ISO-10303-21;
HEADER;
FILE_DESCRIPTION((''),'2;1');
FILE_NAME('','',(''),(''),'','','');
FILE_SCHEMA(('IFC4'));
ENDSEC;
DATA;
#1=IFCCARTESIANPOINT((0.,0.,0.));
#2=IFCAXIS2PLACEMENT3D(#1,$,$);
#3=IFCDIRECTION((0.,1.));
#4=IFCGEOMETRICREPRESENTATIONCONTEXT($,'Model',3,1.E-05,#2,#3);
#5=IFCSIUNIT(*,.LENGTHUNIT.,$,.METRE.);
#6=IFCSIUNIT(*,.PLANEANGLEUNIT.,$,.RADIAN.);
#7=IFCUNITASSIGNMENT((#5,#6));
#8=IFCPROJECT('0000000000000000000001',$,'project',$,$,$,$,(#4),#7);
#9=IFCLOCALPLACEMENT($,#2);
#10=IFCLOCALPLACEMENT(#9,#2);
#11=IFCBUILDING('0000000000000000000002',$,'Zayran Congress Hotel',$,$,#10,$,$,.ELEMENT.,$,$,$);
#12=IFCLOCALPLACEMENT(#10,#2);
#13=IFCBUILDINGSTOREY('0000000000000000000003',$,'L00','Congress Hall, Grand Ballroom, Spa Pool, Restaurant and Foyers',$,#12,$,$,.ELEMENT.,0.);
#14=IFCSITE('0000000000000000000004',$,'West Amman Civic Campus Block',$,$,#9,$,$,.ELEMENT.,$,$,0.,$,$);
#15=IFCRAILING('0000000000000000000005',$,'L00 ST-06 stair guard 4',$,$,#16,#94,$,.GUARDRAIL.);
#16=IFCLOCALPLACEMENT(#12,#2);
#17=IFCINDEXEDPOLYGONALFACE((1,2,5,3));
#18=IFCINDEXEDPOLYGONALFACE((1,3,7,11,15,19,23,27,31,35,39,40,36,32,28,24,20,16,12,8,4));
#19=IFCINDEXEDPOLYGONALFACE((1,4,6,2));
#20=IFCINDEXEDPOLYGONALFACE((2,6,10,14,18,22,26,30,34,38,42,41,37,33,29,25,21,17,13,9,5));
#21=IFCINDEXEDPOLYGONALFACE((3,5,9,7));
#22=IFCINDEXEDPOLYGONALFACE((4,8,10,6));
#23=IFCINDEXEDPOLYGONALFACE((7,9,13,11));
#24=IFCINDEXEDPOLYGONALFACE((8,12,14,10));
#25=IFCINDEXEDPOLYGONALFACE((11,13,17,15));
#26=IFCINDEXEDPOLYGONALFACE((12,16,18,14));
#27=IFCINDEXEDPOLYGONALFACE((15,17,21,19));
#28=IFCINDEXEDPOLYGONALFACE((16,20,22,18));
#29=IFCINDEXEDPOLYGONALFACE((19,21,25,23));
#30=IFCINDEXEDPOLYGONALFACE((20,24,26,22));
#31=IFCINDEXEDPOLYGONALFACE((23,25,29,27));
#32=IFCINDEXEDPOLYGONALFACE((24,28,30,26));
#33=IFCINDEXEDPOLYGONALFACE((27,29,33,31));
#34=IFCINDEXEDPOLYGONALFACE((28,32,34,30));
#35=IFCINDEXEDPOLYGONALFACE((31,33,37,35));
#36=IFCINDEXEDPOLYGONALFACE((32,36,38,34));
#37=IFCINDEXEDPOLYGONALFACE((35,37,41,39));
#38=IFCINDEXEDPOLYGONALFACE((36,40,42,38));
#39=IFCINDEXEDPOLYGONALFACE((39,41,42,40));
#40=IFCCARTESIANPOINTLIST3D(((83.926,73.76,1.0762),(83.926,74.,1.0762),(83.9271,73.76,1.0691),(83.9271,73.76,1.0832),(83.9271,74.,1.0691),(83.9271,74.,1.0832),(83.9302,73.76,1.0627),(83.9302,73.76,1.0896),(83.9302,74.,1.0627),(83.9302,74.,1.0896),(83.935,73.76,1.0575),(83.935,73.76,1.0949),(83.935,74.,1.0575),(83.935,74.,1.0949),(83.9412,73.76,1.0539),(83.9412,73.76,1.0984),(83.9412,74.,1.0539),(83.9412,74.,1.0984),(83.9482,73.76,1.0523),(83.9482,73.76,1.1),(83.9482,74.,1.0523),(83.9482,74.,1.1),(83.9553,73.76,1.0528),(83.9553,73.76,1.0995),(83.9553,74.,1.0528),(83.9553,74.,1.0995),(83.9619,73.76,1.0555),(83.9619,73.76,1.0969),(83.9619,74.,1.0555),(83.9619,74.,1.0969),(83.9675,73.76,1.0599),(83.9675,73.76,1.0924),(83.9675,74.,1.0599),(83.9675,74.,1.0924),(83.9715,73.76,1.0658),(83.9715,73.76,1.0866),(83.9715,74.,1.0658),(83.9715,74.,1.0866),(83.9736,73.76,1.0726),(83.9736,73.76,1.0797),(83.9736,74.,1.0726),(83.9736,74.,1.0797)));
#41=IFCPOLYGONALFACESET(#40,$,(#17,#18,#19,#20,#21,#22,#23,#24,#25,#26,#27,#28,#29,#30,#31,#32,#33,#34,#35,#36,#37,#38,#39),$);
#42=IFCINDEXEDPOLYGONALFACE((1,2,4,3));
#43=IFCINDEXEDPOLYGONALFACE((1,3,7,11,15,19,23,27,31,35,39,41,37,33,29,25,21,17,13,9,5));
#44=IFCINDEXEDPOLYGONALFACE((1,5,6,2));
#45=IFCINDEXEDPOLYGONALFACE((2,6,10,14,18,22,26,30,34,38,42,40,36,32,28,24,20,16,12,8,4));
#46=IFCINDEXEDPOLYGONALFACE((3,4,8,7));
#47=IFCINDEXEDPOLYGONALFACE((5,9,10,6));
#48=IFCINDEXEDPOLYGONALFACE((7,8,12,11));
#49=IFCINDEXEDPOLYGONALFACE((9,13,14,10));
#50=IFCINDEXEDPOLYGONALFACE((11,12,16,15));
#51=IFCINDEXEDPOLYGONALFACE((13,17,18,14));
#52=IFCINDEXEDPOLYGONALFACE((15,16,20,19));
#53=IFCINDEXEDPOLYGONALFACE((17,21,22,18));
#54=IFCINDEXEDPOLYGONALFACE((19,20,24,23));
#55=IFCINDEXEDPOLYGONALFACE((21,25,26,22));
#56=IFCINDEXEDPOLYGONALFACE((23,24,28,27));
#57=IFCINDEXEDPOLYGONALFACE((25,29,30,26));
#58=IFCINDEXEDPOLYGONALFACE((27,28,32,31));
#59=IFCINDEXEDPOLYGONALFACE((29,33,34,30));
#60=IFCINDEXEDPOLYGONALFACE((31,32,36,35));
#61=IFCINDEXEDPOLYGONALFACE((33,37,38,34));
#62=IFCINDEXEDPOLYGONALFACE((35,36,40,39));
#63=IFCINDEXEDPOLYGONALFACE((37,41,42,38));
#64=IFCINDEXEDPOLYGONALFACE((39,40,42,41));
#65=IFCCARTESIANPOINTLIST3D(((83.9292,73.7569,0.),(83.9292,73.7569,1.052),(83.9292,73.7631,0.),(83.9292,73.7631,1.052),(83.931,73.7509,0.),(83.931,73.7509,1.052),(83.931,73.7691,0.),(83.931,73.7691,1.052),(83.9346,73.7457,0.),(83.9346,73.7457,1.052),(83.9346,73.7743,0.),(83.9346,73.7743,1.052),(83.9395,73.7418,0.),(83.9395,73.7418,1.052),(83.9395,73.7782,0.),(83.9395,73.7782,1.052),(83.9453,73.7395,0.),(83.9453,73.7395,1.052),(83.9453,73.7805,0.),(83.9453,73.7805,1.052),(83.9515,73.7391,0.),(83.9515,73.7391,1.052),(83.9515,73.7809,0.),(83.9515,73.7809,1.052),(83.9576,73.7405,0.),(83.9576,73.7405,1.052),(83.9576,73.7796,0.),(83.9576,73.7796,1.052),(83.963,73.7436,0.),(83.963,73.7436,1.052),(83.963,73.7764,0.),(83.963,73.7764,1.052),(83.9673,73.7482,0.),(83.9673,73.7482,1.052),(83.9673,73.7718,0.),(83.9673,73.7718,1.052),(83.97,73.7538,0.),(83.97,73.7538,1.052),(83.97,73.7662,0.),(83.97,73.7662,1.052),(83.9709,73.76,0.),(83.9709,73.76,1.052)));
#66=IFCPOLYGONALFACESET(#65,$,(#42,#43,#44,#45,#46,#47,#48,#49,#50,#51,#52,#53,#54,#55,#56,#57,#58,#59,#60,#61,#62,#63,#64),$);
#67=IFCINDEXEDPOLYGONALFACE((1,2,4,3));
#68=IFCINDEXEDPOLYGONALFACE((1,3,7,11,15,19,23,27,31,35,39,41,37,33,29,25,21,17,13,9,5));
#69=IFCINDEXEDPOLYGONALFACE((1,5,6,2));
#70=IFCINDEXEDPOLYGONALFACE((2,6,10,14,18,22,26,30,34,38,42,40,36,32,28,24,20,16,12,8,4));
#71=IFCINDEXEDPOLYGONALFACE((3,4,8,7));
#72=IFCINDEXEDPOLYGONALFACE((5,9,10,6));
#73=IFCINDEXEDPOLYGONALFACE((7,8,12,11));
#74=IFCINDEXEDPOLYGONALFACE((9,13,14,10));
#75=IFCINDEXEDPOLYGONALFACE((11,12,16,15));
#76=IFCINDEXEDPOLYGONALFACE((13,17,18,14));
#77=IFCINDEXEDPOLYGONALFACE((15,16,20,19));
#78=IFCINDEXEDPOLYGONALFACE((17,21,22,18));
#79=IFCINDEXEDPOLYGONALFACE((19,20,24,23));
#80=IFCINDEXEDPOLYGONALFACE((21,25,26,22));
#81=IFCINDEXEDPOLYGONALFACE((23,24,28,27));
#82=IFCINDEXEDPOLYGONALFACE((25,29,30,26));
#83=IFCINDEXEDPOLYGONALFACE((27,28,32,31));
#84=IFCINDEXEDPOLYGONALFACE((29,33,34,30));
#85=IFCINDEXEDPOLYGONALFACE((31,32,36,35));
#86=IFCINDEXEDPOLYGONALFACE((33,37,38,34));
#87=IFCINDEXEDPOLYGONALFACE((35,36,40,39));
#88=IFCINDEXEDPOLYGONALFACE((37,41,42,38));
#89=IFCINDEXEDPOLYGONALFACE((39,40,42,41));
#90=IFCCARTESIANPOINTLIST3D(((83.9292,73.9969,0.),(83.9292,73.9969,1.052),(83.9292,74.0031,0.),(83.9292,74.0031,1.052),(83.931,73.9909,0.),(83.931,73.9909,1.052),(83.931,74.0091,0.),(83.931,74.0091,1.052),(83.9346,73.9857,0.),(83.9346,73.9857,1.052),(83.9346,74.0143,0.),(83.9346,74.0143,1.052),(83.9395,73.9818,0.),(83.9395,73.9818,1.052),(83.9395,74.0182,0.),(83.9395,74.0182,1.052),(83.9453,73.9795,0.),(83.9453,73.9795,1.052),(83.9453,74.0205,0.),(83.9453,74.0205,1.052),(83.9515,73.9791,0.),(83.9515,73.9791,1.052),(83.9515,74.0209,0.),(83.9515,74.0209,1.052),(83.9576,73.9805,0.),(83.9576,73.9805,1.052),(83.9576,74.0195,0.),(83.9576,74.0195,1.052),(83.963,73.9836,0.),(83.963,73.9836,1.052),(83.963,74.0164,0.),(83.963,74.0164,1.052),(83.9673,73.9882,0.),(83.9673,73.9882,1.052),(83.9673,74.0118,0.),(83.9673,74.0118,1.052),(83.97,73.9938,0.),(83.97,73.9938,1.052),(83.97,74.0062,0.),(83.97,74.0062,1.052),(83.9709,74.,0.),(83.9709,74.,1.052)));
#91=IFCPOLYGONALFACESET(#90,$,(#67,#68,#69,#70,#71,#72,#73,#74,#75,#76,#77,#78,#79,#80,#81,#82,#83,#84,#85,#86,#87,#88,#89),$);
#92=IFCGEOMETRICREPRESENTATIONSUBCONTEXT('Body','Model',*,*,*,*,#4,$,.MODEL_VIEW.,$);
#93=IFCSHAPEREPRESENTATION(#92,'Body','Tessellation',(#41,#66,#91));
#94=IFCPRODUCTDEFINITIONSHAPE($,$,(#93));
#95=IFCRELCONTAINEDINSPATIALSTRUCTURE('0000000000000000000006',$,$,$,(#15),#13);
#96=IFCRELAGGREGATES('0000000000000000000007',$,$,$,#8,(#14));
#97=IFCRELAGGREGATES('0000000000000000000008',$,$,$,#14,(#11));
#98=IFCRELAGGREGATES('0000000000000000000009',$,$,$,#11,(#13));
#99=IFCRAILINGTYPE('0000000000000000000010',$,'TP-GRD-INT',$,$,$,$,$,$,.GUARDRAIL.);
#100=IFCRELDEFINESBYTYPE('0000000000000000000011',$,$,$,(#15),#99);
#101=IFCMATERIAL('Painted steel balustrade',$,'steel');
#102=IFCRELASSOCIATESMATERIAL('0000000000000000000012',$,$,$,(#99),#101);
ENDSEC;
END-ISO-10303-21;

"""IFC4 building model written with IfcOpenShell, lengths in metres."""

from ifc_helpers import new_model, si_unit, direction, frame, origin, origin_2d, place, context, subcontext, project, spatial, circle, extrude, material, type_object, element, save


model = new_model("IFC4")

# Units and contexts
model_context = context("Model", 3, precision=1e-05, world=origin(), true_north=direction((0.0, 1.0)))
body_context = subcontext(model_context, "Body", "Model", "MODEL_VIEW")
ifc_project = project(units=[si_unit("LENGTHUNIT", "METRE"), si_unit("PLANEANGLEUNIT", "RADIAN")], contexts=[model_context])

# Site, building, storey
site_placement = place(None, origin())
site = spatial("IfcSite", under=ifc_project, at=site_placement, Name="West Amman Civic Campus Block", CompositionType="ELEMENT", RefElevation=0.0)
building_placement = place(site_placement, origin())
building = spatial("IfcBuilding", under=site, at=building_placement, Name="Zayran Congress Hotel", CompositionType="ELEMENT")
storey_placement = place(building_placement, origin())
storey = spatial("IfcBuildingStorey", under=building, at=storey_placement, Name="L00", Description="Congress Hall, Grand Ballroom, Spa Pool, Restaurant and Foyers", CompositionType="ELEMENT", Elevation=0.0)

# Railing
ifc_material_1 = material(Name="Painted steel balustrade", Category="steel")
railing_type_1 = type_object("IfcRailingType", Name="TP-GRD-INT", PredefinedType="GUARDRAIL", material=ifc_material_1)
railing_1_placement = place(storey_placement, frame((83.95, 73.76, 0.0)))
element("IfcRailing", 1, at=railing_1_placement, inside=storey, type_object=railing_type_1, Name="L00 ST-06 stair guard 4", PredefinedType="GUARDRAIL", context=body_context, shape_type="SweptSolid", body=[
    extrude(circle(Radius=0.0239, at=origin_2d()), frame((0.0, 0.0, 1.0762), z_axis=(0.0, 1.0, 0.0), x_axis=(-1.0, 0.0, 0.0)), (0.0, 0.0, 1.0), 0.24),
    extrude(circle(Radius=0.021, at=origin_2d()), origin(), (0.0, 0.0, 1.0), 1.052),
    extrude(circle(Radius=0.021, at=origin_2d()), frame((0.0, 0.24, 0.0)), (0.0, 0.0, 1.0), 1.052),
])

save(model, "model.ifc")
